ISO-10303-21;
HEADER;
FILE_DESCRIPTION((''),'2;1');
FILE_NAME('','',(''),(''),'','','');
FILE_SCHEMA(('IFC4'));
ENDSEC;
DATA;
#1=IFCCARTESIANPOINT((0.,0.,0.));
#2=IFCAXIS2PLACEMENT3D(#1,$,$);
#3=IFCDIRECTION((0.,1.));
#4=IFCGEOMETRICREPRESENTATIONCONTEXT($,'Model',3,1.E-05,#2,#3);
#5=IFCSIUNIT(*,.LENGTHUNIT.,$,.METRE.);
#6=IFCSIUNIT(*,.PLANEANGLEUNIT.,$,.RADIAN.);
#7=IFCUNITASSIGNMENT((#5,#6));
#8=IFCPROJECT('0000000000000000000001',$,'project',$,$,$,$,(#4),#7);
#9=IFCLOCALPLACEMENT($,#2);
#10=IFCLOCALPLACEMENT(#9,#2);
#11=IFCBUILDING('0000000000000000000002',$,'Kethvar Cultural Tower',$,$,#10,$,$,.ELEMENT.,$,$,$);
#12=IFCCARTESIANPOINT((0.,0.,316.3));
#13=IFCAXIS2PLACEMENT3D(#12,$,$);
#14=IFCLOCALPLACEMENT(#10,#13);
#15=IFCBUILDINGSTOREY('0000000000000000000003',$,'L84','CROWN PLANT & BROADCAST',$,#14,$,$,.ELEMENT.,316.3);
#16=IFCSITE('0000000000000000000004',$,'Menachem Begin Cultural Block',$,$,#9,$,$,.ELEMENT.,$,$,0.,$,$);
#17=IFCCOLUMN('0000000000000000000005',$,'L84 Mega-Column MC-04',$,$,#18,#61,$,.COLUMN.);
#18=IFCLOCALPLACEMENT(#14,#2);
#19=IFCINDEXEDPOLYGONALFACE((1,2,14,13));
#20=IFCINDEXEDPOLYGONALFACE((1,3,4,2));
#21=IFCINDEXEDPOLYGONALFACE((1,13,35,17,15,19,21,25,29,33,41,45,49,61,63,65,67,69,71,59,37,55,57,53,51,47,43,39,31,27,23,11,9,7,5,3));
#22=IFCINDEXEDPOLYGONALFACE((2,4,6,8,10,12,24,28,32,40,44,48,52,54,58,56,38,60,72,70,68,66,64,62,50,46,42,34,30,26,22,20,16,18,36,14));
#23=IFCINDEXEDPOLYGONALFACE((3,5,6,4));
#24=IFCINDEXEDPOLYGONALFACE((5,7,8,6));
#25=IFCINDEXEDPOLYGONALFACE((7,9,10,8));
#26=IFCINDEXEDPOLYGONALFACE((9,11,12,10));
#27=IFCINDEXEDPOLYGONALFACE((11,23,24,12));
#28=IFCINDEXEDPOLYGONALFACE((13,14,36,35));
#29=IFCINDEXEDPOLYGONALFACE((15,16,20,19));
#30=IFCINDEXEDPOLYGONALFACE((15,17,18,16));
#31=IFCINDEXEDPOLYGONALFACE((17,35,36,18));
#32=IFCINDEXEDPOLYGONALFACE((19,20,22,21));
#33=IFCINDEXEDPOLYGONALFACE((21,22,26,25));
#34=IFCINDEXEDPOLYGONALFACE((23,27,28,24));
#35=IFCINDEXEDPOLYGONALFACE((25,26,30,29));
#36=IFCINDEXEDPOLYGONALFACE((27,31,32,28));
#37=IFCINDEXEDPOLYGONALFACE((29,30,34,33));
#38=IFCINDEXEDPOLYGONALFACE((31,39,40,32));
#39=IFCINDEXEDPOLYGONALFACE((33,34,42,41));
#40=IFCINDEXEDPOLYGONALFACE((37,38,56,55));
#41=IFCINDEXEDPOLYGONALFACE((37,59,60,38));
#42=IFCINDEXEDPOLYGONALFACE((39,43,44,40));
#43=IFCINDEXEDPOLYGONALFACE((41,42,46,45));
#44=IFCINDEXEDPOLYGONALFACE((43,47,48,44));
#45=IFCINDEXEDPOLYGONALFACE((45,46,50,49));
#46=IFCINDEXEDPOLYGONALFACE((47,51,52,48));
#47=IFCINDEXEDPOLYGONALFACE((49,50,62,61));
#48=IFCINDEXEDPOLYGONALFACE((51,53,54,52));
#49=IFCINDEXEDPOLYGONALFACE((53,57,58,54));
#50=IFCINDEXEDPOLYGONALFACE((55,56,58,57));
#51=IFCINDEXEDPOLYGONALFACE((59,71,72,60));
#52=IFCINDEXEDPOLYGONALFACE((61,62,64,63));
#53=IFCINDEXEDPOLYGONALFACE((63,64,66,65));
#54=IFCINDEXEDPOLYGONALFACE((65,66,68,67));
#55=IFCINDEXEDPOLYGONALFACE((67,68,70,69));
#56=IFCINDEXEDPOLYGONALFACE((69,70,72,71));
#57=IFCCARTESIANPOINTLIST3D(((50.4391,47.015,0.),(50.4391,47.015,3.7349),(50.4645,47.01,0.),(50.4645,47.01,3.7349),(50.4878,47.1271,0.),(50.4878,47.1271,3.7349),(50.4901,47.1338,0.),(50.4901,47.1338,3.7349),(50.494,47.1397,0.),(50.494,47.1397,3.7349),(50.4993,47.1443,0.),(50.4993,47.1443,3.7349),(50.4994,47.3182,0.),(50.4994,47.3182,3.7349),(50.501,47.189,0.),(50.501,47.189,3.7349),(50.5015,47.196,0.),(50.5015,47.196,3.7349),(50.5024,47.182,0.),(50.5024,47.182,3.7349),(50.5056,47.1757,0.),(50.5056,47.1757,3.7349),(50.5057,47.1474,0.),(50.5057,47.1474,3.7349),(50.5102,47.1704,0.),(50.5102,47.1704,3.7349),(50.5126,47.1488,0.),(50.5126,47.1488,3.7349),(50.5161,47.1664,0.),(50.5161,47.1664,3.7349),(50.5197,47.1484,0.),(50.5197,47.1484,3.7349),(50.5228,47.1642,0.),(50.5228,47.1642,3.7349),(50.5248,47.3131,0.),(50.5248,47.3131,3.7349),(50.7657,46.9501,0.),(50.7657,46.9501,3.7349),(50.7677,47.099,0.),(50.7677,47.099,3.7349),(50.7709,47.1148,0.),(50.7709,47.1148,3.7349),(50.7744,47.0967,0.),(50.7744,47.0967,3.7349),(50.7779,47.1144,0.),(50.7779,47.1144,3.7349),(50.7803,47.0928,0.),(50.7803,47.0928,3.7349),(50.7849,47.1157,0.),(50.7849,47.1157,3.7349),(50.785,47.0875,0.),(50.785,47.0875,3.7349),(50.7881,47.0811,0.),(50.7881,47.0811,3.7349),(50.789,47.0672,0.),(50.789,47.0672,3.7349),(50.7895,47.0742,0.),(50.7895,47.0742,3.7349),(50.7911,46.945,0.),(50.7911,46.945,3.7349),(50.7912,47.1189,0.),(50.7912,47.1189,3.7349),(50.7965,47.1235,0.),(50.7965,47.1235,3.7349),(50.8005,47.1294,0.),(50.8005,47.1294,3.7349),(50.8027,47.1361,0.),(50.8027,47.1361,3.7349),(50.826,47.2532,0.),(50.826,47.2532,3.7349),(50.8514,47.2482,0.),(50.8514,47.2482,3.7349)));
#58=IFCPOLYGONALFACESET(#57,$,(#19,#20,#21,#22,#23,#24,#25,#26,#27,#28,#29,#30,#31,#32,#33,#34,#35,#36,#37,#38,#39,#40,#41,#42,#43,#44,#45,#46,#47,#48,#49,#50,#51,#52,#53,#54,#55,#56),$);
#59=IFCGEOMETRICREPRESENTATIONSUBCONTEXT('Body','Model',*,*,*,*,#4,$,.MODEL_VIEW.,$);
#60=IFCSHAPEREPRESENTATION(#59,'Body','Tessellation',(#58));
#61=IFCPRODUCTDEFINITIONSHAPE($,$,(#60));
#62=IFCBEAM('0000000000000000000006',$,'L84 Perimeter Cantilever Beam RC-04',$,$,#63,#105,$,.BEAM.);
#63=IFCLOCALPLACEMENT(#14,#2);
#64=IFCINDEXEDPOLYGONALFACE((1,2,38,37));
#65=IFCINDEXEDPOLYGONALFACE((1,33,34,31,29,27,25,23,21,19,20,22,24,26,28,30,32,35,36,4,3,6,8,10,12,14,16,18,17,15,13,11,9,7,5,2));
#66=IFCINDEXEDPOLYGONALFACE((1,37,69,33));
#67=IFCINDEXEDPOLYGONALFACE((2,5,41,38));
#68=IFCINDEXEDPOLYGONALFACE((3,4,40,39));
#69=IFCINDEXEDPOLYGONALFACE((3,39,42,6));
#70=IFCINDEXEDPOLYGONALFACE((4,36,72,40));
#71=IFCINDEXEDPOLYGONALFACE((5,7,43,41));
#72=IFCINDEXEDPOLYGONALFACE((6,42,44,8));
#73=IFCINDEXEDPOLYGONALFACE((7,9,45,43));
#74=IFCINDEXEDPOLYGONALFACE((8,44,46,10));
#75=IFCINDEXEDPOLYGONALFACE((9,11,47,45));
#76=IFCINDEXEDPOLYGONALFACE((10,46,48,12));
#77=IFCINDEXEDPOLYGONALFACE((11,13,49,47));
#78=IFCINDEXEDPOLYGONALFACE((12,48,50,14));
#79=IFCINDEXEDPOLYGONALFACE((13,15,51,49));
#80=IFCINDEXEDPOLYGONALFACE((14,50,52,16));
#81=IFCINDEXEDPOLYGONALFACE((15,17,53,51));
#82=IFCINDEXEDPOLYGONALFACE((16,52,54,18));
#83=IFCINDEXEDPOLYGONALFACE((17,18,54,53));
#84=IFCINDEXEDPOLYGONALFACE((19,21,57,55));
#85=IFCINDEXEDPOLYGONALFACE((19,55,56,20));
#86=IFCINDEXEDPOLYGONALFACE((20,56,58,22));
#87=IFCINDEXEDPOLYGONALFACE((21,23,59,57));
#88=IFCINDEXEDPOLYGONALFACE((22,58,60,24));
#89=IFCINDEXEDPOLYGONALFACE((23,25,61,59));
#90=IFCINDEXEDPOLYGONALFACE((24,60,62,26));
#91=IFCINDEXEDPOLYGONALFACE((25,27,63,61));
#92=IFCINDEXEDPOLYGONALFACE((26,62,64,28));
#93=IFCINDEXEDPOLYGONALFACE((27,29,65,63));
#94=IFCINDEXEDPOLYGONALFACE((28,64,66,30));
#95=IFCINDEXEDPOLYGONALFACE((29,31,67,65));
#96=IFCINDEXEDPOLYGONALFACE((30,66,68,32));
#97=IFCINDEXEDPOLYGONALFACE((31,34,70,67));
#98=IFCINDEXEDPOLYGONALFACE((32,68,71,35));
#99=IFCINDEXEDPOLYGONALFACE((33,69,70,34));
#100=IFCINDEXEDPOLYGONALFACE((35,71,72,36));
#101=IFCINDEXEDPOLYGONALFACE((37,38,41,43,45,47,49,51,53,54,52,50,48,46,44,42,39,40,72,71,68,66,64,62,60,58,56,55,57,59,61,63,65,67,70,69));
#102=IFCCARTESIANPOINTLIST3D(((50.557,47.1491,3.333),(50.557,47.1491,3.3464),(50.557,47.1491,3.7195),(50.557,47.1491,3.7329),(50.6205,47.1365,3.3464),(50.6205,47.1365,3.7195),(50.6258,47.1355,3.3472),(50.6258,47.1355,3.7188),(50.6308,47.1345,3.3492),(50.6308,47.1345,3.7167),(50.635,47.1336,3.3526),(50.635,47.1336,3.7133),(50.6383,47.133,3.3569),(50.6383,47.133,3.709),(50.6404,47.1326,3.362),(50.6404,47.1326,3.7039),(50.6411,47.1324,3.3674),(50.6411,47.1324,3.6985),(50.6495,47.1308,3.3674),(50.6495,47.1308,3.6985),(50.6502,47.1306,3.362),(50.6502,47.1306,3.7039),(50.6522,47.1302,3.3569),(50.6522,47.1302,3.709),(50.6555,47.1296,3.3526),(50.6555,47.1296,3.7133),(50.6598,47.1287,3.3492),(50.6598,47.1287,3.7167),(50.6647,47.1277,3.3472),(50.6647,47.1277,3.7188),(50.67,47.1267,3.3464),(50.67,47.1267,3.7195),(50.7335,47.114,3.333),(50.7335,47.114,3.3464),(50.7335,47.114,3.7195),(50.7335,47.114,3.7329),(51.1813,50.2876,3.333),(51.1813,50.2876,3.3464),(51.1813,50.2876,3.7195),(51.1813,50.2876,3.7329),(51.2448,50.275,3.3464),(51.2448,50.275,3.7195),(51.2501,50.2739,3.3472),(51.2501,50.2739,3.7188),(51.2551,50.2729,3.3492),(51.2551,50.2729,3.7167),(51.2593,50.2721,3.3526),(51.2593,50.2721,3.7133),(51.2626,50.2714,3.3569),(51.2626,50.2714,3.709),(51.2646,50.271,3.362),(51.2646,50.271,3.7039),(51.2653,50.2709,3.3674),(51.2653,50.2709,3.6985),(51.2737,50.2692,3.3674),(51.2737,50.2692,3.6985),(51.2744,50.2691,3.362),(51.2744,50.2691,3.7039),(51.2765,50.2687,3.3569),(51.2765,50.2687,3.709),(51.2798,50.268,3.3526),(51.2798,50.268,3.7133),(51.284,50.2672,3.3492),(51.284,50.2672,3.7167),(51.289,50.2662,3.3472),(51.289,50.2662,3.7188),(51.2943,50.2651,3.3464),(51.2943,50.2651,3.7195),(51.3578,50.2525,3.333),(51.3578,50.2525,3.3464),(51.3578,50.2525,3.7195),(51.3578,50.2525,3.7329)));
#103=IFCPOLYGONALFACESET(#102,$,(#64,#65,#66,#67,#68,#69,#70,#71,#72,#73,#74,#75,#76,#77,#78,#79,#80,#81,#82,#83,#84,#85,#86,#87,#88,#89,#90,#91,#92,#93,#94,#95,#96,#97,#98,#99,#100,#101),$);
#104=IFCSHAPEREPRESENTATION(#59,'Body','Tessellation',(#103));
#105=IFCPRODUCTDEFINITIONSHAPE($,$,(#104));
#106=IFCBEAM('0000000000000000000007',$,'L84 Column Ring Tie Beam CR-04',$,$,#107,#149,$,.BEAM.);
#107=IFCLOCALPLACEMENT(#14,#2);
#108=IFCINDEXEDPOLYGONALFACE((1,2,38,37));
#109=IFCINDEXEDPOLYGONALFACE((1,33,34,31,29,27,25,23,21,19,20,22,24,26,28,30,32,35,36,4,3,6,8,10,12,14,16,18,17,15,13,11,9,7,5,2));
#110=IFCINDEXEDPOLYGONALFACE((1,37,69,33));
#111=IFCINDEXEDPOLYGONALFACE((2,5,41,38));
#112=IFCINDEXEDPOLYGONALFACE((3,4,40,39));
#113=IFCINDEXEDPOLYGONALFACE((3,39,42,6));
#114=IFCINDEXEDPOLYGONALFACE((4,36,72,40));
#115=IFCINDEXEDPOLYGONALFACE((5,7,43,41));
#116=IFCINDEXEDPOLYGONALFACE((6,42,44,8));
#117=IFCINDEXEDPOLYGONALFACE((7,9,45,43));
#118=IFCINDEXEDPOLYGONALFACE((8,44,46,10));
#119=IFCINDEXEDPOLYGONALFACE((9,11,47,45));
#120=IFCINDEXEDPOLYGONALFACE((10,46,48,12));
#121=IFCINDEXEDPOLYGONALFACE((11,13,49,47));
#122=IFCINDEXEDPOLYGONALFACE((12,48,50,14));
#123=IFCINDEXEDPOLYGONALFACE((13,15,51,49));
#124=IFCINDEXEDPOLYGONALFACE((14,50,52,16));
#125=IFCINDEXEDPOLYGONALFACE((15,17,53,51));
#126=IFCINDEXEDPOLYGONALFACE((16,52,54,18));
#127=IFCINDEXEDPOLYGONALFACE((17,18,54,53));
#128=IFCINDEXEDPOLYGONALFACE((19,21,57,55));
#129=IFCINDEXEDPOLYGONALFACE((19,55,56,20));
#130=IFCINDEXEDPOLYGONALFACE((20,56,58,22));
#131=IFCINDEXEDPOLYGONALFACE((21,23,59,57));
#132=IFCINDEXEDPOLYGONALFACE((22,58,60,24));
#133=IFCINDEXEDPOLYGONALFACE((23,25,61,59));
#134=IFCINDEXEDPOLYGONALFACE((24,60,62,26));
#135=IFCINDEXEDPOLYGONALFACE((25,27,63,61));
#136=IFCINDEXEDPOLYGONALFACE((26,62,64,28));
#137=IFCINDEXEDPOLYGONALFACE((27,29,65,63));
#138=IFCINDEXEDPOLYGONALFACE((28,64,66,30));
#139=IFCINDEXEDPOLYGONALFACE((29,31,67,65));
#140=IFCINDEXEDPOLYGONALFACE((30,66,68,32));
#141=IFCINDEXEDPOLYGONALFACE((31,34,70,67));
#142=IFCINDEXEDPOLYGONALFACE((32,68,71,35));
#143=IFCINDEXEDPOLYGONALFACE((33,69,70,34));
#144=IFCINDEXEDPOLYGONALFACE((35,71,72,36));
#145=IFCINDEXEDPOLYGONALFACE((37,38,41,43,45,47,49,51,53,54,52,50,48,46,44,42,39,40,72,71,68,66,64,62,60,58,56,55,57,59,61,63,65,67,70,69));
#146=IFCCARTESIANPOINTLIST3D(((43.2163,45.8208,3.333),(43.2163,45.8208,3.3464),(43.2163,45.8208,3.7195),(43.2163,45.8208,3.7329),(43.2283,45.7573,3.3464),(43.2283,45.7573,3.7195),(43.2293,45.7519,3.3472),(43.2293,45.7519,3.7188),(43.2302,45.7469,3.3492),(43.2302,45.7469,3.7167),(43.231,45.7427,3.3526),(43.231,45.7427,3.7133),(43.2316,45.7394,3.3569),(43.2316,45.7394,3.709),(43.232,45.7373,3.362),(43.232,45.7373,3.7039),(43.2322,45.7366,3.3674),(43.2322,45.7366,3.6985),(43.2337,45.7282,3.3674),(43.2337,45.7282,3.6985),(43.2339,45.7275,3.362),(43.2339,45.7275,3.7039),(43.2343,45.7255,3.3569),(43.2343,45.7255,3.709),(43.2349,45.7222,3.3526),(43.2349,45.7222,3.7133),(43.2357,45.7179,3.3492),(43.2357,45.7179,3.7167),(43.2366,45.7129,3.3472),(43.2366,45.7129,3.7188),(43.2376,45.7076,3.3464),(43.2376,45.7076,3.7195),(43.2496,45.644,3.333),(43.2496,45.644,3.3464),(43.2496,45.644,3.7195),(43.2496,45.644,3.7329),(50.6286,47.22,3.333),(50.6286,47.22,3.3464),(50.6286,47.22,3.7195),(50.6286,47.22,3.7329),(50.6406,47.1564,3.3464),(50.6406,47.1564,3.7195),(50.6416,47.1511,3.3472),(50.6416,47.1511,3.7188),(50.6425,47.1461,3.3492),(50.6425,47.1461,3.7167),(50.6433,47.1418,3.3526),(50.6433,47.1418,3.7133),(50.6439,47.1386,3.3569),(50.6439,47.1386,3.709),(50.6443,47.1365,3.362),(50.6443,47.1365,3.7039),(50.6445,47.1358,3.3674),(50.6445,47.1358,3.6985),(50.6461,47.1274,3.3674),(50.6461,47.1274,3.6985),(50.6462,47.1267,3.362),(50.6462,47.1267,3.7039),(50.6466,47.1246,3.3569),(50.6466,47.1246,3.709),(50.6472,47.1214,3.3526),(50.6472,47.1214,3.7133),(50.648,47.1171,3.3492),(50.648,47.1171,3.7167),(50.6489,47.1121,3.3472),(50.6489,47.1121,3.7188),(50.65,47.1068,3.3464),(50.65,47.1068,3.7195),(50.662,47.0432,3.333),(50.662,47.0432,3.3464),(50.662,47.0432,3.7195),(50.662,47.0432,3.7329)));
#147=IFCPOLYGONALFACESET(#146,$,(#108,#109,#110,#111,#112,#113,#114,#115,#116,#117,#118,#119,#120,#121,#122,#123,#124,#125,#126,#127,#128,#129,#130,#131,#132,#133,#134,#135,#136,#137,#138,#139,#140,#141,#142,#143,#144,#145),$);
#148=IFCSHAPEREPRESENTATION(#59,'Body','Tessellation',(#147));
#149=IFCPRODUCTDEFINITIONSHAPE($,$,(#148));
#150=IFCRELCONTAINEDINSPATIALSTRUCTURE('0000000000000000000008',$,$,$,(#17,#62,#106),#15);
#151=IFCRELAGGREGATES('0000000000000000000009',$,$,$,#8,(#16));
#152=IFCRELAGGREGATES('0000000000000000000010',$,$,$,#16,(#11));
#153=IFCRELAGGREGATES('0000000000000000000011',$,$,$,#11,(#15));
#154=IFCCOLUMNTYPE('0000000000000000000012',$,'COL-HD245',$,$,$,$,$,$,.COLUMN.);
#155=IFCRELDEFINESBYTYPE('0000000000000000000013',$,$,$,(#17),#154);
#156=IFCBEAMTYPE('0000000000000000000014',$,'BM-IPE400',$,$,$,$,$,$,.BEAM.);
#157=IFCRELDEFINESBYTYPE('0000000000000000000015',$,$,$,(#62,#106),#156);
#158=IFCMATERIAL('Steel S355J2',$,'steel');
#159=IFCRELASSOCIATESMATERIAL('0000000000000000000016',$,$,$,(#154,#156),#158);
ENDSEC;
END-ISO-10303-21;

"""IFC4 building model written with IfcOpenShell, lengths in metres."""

from ifc_helpers import new_model, si_unit, direction, frame, origin, origin_2d, place, context, subcontext, project, spatial, i_section, extrude, source, transform, mapped, material, material_profile, profile_set, type_object, element, save


model = new_model("IFC4")

# Units and contexts
model_context = context("Model", 3, precision=1e-05, world=origin(), true_north=direction((0.0, 1.0)))
body_context = subcontext(model_context, "Body", "Model", "MODEL_VIEW")
ifc_project = project(units=[si_unit("LENGTHUNIT", "METRE"), si_unit("PLANEANGLEUNIT", "RADIAN")], contexts=[model_context])

# Site, building, storey
site_placement = place(None, origin())
site = spatial("IfcSite", under=ifc_project, at=site_placement, Name="Menachem Begin Cultural Block", CompositionType="ELEMENT", RefElevation=0.0)
building_placement = place(site_placement, origin())
building = spatial("IfcBuilding", under=site, at=building_placement, Name="Kethvar Cultural Tower", CompositionType="ELEMENT")
storey_placement = place(building_placement, frame((0.0, 0.0, 316.3)))
storey = spatial("IfcBuildingStorey", under=building, at=storey_placement, Name="L84", Description="CROWN PLANT & BROADCAST", CompositionType="ELEMENT", Elevation=316.3)

# Column
ifc_material_1 = material(Name="Steel S355J2", Category="steel")
ifc_material_profile_1 = material_profile(ifc_material_1, i_section(OverallWidth=0.3091, OverallDepth=0.3589, WebThickness=0.0161, FlangeThickness=0.0259, FilletRadius=0.0271, at=origin_2d()), Name="Steel S355J2 — HD320x245")
ifc_profile_set_1 = profile_set([ifc_material_profile_1], Name="Steel S355J2 — HD320x245")
column_type = type_object("IfcColumnType", Name="COL-HD245", PredefinedType="COLUMN", material=ifc_profile_set_1)
shared_shape_1 = source(origin(), body_context, "Body", "SweptSolid", [
    extrude(i_section(OverallWidth=0.3091, OverallDepth=0.3589, WebThickness=0.0161, FlangeThickness=0.0259, FilletRadius=0.0271, at=origin_2d()), origin(), (0.0, 0.0, 1.0), 3.7349),
])
column_placement = place(storey_placement, frame((50.6453, 47.1316, 0.0), z_axis=(0.0, 0.0, 1.0), x_axis=(0.19509, 0.980785, 0.0)))
element("IfcColumn", 1, at=column_placement, inside=storey, type_object=column_type, Name="L84 Mega-Column MC-04", PredefinedType="COLUMN", context=body_context, shape_type="MappedRepresentation", body=[
    mapped(shared_shape_1, transform((0.0, 0.0, 0.0), scale=1.0)),
])

# Beams
ifc_material_profile_2 = material_profile(ifc_material_1, i_section(OverallWidth=0.1799, OverallDepth=0.3999, WebThickness=0.0085, FlangeThickness=0.0134, FilletRadius=0.021, at=origin_2d()), Name="Steel S355J2 — IPE400")
ifc_profile_set_2 = profile_set([ifc_material_profile_2], Name="Steel S355J2 — IPE400")
beam_type_1 = type_object("IfcBeamType", Name="BM-IPE400", PredefinedType="BEAM", material=ifc_profile_set_2)
shared_shape_2 = source(origin(), body_context, "Body", "SweptSolid", [
    extrude(i_section(OverallWidth=0.1799, OverallDepth=0.3999, WebThickness=0.0085, FlangeThickness=0.0134, FilletRadius=0.021, at=origin_2d()), origin(), (0.0, 0.0, 1.0), 3.2),
])
beam_1_placement = place(storey_placement, frame((50.6453, 47.1316, 3.533), z_axis=(0.195089, 0.980786, 0.0), x_axis=(-0.980786, 0.195089, 0.0)))
element("IfcBeam", 2, at=beam_1_placement, inside=storey, type_object=beam_type_1, Name="L84 Perimeter Cantilever Beam RC-04", PredefinedType="BEAM", context=body_context, shape_type="MappedRepresentation", body=[
    mapped(shared_shape_2, transform((0.0, 0.0, 0.0), scale=1.0)),
])
shared_shape_3 = source(origin(), body_context, "Body", "SweptSolid", [
    extrude(i_section(OverallWidth=0.1799, OverallDepth=0.3999, WebThickness=0.0085, FlangeThickness=0.0134, FilletRadius=0.021, at=origin_2d()), origin(), (0.0, 0.0, 1.0), 7.5432),
])
beam_2_placement = place(storey_placement, frame((50.6453, 47.1316, 3.533), z_axis=(-0.982647, -0.185486, 0.0), x_axis=(0.185486, -0.982647, 0.0)))
element("IfcBeam", 3, at=beam_2_placement, inside=storey, type_object=beam_type_1, Name="L84 Column Ring Tie Beam CR-04", PredefinedType="BEAM", context=body_context, shape_type="MappedRepresentation", body=[
    mapped(shared_shape_3, transform((0.0, 0.0, 0.0), scale=1.0)),
])

save(model, "model.ifc")
